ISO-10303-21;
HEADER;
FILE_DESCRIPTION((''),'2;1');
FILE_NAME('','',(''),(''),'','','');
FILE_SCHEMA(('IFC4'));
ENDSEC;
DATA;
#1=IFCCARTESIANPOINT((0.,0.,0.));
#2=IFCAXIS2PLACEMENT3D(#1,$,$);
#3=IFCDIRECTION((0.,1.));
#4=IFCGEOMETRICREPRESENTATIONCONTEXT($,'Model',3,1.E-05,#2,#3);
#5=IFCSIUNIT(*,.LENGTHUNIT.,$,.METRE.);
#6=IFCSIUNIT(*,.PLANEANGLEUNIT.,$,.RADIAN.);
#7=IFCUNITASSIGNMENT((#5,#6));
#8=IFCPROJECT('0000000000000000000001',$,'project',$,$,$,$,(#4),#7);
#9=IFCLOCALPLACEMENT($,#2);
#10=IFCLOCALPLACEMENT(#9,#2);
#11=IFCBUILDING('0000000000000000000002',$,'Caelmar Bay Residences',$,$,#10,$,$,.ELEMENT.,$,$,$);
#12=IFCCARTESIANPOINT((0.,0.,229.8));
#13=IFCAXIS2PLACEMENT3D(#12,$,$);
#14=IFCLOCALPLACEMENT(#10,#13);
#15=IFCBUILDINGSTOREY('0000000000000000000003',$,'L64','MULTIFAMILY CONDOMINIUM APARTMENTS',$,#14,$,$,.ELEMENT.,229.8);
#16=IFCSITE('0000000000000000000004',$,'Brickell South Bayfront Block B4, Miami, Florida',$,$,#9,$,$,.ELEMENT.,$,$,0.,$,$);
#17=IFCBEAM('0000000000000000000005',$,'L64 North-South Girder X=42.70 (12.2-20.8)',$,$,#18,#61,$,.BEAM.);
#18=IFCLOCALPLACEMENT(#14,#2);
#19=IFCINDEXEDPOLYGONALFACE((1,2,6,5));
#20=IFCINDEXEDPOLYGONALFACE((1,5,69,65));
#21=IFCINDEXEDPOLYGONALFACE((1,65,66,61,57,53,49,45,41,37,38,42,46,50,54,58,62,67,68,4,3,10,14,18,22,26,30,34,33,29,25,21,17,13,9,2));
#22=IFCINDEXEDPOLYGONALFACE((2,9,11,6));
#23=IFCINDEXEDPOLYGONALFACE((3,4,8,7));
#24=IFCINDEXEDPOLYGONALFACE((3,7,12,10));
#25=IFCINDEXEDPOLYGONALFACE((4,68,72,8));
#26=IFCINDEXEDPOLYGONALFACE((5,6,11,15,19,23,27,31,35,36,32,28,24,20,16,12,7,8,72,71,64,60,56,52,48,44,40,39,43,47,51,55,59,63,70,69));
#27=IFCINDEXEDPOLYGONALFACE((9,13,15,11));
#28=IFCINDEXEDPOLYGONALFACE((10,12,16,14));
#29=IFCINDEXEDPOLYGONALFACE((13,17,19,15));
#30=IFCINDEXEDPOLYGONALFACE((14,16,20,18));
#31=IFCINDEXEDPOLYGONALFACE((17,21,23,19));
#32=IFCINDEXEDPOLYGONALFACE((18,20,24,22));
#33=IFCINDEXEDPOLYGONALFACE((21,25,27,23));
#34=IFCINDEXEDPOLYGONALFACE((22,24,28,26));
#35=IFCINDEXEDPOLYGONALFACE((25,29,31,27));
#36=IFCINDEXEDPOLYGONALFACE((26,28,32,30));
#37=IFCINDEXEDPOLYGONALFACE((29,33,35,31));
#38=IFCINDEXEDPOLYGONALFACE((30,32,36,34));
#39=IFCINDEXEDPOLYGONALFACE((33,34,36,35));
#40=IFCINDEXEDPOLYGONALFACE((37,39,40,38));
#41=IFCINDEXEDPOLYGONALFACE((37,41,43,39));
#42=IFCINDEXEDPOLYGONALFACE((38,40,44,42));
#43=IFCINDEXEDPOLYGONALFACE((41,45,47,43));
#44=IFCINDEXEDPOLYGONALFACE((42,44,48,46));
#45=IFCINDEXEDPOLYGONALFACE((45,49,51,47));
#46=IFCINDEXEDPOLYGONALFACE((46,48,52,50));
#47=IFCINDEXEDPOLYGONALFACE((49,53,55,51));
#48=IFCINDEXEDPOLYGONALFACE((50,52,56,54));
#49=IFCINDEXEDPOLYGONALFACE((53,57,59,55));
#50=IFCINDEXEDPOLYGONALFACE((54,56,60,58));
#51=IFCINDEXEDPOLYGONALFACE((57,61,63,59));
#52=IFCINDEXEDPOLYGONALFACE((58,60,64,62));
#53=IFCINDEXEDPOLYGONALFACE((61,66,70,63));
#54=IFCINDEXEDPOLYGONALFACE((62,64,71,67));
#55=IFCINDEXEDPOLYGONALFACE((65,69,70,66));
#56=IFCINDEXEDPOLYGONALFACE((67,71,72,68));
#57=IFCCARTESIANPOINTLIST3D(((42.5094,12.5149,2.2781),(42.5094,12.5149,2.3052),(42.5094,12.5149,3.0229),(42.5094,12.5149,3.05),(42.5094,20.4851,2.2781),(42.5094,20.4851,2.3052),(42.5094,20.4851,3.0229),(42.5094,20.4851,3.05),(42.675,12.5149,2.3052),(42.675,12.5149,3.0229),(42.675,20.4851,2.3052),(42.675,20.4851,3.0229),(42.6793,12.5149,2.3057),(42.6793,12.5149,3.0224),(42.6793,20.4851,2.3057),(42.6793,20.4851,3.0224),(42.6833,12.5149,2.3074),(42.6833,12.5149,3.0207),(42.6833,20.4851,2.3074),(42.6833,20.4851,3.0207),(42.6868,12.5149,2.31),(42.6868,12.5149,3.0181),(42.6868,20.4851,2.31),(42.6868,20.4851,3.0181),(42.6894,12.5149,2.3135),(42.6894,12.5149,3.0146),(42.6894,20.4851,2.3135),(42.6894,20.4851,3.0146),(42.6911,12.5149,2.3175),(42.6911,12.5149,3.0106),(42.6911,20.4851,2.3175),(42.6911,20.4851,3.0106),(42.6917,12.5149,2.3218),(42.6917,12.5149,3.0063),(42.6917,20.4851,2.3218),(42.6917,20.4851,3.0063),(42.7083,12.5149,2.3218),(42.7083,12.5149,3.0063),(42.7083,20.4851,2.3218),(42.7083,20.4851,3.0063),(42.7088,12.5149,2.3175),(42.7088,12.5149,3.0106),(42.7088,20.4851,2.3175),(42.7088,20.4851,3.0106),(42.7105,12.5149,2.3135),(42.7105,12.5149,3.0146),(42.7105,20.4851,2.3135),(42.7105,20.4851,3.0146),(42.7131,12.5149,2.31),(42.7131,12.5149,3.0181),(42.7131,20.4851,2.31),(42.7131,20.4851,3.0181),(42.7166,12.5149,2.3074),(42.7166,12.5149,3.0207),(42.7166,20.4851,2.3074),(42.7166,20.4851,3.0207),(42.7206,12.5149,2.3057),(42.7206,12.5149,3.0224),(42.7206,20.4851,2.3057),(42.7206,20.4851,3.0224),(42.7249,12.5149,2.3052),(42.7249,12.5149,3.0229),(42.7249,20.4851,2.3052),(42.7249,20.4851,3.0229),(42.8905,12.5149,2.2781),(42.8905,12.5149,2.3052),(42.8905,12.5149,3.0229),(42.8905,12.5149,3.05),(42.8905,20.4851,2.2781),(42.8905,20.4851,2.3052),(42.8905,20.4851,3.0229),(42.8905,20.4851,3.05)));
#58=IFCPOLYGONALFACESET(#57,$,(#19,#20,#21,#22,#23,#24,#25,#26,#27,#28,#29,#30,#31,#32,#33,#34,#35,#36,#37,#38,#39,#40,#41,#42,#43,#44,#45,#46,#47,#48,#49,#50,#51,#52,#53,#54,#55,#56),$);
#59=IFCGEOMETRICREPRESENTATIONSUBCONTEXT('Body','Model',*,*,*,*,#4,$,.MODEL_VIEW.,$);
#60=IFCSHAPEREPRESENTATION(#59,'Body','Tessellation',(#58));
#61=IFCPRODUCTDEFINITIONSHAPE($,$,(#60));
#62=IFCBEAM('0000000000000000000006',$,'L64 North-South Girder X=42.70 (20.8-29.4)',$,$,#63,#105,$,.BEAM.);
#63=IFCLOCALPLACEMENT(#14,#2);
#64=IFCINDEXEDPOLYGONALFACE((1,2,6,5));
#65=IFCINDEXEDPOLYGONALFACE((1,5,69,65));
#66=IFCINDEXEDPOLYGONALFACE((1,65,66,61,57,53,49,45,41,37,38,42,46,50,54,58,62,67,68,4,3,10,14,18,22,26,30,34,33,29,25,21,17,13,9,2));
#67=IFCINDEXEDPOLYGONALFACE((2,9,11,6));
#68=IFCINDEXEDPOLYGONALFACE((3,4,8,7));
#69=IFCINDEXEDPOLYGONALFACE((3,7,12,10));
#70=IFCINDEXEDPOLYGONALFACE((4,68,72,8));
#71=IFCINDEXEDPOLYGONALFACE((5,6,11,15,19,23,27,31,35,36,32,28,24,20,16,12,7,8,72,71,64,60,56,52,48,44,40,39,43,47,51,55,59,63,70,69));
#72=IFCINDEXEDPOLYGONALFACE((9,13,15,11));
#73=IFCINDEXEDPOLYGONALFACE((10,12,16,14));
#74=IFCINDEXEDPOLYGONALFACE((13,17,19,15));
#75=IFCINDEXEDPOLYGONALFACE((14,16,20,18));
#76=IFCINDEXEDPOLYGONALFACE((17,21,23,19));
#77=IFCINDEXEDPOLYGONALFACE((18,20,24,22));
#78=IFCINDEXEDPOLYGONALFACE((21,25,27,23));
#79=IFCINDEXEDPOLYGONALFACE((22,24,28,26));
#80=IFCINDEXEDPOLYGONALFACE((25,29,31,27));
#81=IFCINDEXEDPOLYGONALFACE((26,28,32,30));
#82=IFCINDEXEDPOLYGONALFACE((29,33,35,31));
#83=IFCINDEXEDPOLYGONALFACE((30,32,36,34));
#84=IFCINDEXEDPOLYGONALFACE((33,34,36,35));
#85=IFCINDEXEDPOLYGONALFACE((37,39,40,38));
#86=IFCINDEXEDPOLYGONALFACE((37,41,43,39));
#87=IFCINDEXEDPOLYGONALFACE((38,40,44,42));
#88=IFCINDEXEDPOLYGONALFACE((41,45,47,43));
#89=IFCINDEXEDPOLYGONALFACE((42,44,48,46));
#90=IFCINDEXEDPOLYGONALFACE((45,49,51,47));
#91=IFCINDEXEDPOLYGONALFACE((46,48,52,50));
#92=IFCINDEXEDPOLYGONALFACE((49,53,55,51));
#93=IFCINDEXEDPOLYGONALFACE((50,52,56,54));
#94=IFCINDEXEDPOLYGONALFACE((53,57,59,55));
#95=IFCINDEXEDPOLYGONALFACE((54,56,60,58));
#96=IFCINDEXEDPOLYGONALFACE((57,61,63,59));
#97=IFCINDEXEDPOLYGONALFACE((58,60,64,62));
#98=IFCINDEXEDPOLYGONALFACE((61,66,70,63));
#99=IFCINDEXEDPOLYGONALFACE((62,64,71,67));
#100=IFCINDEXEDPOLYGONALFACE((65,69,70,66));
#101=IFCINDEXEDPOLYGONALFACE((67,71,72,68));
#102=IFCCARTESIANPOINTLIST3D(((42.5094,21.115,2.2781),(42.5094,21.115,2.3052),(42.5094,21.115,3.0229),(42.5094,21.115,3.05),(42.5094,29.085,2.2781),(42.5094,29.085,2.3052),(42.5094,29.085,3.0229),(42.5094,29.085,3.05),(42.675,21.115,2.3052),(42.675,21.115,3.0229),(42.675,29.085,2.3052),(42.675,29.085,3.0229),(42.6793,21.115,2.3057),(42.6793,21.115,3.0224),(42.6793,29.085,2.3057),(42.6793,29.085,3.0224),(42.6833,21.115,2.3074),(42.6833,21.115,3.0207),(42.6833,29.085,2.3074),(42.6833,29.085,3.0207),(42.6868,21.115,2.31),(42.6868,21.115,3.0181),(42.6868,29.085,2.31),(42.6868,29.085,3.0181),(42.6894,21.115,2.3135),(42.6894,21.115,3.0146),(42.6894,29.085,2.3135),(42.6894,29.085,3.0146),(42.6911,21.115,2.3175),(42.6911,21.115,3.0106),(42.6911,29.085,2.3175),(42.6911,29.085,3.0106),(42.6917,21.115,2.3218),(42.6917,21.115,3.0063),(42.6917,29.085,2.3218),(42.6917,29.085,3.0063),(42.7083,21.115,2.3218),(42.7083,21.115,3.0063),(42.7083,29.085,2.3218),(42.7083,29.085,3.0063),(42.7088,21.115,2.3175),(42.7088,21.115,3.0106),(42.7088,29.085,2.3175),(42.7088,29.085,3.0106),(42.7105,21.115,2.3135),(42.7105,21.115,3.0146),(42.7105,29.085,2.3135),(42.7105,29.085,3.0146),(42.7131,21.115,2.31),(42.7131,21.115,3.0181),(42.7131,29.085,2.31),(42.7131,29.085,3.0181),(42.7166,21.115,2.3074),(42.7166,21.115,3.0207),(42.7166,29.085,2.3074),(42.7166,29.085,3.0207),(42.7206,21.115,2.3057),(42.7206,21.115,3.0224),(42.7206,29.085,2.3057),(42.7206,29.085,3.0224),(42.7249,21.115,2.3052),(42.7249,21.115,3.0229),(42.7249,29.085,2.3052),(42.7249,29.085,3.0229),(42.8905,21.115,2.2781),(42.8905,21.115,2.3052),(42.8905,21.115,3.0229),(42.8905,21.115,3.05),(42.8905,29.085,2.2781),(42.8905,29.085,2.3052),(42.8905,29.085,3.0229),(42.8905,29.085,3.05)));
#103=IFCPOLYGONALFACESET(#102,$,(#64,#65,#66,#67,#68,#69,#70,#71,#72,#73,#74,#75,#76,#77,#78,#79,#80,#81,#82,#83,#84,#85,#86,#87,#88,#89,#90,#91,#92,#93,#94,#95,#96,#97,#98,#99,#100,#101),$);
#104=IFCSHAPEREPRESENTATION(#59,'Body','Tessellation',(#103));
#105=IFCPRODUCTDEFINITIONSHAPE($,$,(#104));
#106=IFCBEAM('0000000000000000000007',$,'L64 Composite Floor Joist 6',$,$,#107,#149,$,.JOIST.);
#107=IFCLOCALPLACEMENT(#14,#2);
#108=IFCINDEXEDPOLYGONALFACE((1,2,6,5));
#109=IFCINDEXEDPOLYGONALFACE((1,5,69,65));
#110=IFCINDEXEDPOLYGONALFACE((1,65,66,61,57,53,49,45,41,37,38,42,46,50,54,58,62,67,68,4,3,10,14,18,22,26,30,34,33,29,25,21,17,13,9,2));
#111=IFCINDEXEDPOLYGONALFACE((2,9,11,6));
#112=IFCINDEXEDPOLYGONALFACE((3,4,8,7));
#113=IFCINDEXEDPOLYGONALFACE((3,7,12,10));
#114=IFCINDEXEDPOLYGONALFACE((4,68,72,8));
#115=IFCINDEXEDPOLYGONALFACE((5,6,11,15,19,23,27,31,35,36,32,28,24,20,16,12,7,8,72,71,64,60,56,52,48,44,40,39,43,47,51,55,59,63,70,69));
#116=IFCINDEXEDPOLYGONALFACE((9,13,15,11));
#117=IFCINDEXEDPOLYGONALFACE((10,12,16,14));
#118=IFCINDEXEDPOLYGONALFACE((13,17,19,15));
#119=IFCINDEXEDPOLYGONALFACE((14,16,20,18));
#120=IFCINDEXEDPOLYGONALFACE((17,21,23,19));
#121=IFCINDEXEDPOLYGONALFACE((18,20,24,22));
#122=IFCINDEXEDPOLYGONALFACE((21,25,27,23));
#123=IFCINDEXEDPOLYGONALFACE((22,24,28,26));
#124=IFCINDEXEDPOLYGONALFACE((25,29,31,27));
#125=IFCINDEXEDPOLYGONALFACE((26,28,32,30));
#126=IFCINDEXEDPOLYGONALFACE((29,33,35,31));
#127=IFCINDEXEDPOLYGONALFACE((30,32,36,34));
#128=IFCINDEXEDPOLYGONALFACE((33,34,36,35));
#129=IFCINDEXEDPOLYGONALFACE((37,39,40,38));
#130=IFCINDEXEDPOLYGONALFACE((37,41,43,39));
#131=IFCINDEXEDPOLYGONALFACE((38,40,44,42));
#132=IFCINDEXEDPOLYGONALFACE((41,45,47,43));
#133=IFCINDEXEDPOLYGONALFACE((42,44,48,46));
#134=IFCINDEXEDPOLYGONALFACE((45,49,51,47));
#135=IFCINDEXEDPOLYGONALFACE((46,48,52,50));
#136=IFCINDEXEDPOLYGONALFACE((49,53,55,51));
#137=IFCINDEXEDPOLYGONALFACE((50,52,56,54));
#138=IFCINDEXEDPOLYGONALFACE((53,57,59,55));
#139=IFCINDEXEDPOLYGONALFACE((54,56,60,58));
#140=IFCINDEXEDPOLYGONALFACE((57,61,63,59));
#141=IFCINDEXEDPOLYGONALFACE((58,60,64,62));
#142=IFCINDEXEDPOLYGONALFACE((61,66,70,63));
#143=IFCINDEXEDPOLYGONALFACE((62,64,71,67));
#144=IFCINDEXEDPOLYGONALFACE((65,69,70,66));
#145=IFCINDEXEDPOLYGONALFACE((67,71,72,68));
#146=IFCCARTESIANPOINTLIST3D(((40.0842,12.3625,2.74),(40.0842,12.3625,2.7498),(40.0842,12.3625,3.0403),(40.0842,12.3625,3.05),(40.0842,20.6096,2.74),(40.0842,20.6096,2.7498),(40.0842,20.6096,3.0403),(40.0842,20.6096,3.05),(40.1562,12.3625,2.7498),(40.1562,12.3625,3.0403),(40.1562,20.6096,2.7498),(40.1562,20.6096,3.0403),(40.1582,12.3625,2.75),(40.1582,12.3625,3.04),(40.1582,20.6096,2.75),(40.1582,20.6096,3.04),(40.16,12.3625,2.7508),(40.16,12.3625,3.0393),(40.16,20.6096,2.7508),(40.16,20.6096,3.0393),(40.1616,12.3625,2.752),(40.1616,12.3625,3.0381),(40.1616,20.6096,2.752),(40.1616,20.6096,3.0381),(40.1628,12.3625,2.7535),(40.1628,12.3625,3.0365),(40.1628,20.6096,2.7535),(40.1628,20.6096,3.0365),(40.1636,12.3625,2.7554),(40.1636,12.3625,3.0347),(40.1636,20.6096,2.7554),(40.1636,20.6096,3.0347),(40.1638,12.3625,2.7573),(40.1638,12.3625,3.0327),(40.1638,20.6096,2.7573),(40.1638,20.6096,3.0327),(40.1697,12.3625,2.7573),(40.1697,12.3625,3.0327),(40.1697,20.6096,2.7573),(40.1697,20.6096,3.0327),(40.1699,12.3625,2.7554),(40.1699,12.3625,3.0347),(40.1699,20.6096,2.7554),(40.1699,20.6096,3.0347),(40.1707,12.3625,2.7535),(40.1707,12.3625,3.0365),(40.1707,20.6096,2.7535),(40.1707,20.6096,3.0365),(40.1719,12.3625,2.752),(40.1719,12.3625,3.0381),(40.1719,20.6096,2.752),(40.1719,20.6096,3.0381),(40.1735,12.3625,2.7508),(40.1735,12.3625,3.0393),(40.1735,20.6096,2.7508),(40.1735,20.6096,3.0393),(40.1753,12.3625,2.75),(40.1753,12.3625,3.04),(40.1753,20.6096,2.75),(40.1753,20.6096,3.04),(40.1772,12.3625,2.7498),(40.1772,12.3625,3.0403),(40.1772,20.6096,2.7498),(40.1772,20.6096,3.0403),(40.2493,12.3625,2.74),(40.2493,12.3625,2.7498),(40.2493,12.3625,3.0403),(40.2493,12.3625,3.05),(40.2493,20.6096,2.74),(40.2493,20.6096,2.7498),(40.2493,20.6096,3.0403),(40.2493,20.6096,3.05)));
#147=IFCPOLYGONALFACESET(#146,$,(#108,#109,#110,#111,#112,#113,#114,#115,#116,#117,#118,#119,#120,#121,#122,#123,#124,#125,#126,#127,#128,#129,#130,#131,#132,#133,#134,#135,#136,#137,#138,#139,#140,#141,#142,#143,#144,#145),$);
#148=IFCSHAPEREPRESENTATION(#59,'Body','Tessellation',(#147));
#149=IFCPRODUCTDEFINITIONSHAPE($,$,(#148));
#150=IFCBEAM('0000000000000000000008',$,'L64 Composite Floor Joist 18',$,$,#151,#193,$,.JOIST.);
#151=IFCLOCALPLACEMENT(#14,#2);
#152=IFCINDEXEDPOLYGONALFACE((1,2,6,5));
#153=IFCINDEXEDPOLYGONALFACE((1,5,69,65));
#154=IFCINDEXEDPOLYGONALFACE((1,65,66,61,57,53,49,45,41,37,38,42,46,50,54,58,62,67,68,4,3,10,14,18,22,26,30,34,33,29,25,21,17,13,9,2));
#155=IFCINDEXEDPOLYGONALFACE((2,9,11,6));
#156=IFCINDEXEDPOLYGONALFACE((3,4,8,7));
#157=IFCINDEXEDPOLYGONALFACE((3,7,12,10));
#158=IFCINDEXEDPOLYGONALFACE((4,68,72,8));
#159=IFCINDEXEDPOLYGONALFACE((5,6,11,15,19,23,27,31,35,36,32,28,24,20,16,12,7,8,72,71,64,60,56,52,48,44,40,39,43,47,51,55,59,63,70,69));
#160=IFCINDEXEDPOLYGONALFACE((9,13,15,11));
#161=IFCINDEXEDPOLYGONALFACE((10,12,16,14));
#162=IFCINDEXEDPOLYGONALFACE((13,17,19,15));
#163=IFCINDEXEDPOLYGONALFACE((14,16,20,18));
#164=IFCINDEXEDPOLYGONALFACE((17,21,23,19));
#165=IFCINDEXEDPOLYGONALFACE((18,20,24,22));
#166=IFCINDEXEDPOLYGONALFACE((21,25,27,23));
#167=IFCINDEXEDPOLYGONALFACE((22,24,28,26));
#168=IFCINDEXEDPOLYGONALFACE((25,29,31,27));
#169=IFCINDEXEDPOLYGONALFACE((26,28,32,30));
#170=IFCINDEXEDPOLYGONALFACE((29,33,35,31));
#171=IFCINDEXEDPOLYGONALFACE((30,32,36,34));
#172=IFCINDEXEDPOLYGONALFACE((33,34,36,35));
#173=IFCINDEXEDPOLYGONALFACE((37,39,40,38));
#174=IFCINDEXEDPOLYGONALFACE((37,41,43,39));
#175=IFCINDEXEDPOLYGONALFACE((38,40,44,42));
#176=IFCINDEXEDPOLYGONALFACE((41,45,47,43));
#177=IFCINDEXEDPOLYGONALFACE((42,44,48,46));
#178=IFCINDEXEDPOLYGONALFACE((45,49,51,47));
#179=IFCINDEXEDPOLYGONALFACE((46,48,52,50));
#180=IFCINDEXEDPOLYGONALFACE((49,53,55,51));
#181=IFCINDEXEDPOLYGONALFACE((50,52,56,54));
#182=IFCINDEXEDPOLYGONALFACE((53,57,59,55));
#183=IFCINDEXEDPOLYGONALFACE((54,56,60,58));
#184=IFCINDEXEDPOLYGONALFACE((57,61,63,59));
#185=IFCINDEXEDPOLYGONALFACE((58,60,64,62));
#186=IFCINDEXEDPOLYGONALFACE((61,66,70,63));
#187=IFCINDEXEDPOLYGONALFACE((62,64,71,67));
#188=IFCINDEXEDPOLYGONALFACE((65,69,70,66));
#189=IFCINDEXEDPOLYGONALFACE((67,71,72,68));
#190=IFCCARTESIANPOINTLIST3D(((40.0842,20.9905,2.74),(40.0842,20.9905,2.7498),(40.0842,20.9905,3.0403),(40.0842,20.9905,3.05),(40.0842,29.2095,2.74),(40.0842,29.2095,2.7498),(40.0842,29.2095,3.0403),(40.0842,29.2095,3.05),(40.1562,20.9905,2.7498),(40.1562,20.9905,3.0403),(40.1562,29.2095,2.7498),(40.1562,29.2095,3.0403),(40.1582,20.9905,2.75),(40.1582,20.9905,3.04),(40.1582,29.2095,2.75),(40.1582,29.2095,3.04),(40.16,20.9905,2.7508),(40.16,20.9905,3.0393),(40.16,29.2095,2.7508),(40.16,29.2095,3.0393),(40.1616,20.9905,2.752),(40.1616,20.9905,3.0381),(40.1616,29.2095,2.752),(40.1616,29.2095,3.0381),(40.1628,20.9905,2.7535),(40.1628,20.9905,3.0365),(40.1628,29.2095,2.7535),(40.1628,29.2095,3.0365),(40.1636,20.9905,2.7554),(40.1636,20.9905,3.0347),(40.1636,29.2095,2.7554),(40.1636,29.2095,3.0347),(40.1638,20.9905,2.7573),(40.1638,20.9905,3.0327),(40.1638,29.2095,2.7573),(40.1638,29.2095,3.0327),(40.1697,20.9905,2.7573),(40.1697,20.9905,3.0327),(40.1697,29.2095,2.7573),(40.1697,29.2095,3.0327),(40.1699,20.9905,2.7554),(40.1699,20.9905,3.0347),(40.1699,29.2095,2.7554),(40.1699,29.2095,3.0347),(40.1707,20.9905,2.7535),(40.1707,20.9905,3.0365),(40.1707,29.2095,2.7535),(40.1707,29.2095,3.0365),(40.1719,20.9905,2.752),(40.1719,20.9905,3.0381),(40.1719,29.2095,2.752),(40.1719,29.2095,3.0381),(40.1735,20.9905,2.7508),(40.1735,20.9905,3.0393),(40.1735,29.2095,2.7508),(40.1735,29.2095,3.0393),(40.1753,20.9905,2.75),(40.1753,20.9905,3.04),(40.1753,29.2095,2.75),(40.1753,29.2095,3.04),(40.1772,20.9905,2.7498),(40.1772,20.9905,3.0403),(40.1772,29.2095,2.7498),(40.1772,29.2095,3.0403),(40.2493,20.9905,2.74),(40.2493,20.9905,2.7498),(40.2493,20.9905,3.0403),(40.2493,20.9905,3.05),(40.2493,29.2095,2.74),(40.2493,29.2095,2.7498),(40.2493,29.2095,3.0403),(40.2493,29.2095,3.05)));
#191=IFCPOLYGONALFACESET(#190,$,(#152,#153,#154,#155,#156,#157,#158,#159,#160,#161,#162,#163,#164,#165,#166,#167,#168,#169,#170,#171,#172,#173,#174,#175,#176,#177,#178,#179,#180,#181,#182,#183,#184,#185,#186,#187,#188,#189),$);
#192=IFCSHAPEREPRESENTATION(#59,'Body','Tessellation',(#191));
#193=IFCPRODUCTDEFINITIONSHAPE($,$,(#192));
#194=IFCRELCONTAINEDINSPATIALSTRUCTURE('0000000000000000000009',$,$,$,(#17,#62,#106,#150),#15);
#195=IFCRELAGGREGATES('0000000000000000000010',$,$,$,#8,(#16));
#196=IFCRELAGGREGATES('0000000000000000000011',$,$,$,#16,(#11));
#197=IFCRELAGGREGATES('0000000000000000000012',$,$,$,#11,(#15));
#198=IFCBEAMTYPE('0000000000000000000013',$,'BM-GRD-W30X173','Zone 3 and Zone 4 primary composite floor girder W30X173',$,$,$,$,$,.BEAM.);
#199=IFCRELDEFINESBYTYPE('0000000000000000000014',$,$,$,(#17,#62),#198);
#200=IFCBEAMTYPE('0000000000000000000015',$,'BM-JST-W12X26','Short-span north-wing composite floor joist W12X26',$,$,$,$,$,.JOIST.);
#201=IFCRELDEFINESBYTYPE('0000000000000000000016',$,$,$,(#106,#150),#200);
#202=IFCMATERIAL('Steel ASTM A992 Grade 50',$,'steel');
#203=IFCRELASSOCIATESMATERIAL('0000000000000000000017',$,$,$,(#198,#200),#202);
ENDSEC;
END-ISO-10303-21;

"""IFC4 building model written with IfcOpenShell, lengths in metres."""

from ifc_helpers import new_model, si_unit, direction, frame, origin, origin_2d, place, context, subcontext, project, spatial, i_section, extrude, material, material_profile, profile_set, type_object, element, save


model = new_model("IFC4")

# Units and contexts
model_context = context("Model", 3, precision=1e-05, world=origin(), true_north=direction((0.0, 1.0)))
body_context = subcontext(model_context, "Body", "Model", "MODEL_VIEW")
ifc_project = project(units=[si_unit("LENGTHUNIT", "METRE"), si_unit("PLANEANGLEUNIT", "RADIAN")], contexts=[model_context])

# Site, building, storey
site_placement = place(None, origin())
site = spatial("IfcSite", under=ifc_project, at=site_placement, Name="Brickell South Bayfront Block B4, Miami, Florida", CompositionType="ELEMENT", RefElevation=0.0)
building_placement = place(site_placement, origin())
building = spatial("IfcBuilding", under=site, at=building_placement, Name="Caelmar Bay Residences", CompositionType="ELEMENT")
storey_placement = place(building_placement, frame((0.0, 0.0, 229.8)))
storey = spatial("IfcBuildingStorey", under=building, at=storey_placement, Name="L64", Description="MULTIFAMILY CONDOMINIUM APARTMENTS", CompositionType="ELEMENT", Elevation=229.8)

# Beams
ifc_material_1 = material(Name="Steel ASTM A992 Grade 50", Category="steel")
ifc_material_profile_1 = material_profile(ifc_material_1, i_section(OverallWidth=0.3811, OverallDepth=0.772, WebThickness=0.0166, FlangeThickness=0.0271, FilletRadius=0.0166, at=origin_2d()), Name="W30X173")
ifc_profile_set_1 = profile_set([ifc_material_profile_1], Name="Steel ASTM A992 Grade 50")
beam_type_1 = type_object("IfcBeamType", Name="BM-GRD-W30X173", Description="Zone 3 and Zone 4 primary composite floor girder W30X173", PredefinedType="BEAM", material=ifc_profile_set_1)
beam_1_placement = place(storey_placement, frame((42.7, 12.5149, 2.6641), z_axis=(0.0, 1.0, 0.0), x_axis=(-1.0, 0.0, 0.0)))
element("IfcBeam", 1, at=beam_1_placement, inside=storey, type_object=beam_type_1, Name="L64 North-South Girder X=42.70 (12.2-20.8)", PredefinedType="BEAM", context=body_context, shape_type="SweptSolid", body=[
    extrude(i_section(OverallWidth=0.3811, OverallDepth=0.772, WebThickness=0.0166, FlangeThickness=0.0271, FilletRadius=0.0166, at=origin_2d()), origin(), (0.0, 0.0, 1.0), 7.9702),
])
beam_2_placement = place(storey_placement, frame((42.7, 21.115, 2.6641), z_axis=(0.0, 1.0, 0.0), x_axis=(-1.0, 0.0, 0.0)))
element("IfcBeam", 2, at=beam_2_placement, inside=storey, type_object=beam_type_1, Name="L64 North-South Girder X=42.70 (20.8-29.4)", PredefinedType="BEAM", context=body_context, shape_type="SweptSolid", body=[
    extrude(i_section(OverallWidth=0.3811, OverallDepth=0.772, WebThickness=0.0166, FlangeThickness=0.0271, FilletRadius=0.0166, at=origin_2d()), origin(), (0.0, 0.0, 1.0), 7.97),
])
ifc_material_profile_2 = material_profile(ifc_material_1, i_section(OverallWidth=0.165, OverallDepth=0.3101, WebThickness=0.0059, FlangeThickness=0.0098, FilletRadius=0.0076, at=origin_2d()), Name="W12X26")
ifc_profile_set_2 = profile_set([ifc_material_profile_2], Name="Steel ASTM A992 Grade 50")
beam_type_2 = type_object("IfcBeamType", Name="BM-JST-W12X26", Description="Short-span north-wing composite floor joist W12X26", PredefinedType="JOIST", material=ifc_profile_set_2)
beam_3_placement = place(storey_placement, frame((40.1667, 12.3625, 2.895), z_axis=(0.0, 1.0, 0.0), x_axis=(-1.0, 0.0, 0.0)))
element("IfcBeam", 3, at=beam_3_placement, inside=storey, type_object=beam_type_2, Name="L64 Composite Floor Joist 6", PredefinedType="JOIST", context=body_context, shape_type="SweptSolid", body=[
    extrude(i_section(OverallWidth=0.165, OverallDepth=0.3101, WebThickness=0.0059, FlangeThickness=0.0098, FilletRadius=0.0076, at=origin_2d()), origin(), (0.0, 0.0, 1.0), 8.2471),
])
beam_4_placement = place(storey_placement, frame((40.1667, 20.9905, 2.895), z_axis=(0.0, 1.0, 0.0), x_axis=(-1.0, 0.0, 0.0)))
element("IfcBeam", 4, at=beam_4_placement, inside=storey, type_object=beam_type_2, Name="L64 Composite Floor Joist 18", PredefinedType="JOIST", context=body_context, shape_type="SweptSolid", body=[
    extrude(i_section(OverallWidth=0.165, OverallDepth=0.3101, WebThickness=0.0059, FlangeThickness=0.0098, FilletRadius=0.0076, at=origin_2d()), origin(), (0.0, 0.0, 1.0), 8.219),
])

save(model, "model.ifc")
